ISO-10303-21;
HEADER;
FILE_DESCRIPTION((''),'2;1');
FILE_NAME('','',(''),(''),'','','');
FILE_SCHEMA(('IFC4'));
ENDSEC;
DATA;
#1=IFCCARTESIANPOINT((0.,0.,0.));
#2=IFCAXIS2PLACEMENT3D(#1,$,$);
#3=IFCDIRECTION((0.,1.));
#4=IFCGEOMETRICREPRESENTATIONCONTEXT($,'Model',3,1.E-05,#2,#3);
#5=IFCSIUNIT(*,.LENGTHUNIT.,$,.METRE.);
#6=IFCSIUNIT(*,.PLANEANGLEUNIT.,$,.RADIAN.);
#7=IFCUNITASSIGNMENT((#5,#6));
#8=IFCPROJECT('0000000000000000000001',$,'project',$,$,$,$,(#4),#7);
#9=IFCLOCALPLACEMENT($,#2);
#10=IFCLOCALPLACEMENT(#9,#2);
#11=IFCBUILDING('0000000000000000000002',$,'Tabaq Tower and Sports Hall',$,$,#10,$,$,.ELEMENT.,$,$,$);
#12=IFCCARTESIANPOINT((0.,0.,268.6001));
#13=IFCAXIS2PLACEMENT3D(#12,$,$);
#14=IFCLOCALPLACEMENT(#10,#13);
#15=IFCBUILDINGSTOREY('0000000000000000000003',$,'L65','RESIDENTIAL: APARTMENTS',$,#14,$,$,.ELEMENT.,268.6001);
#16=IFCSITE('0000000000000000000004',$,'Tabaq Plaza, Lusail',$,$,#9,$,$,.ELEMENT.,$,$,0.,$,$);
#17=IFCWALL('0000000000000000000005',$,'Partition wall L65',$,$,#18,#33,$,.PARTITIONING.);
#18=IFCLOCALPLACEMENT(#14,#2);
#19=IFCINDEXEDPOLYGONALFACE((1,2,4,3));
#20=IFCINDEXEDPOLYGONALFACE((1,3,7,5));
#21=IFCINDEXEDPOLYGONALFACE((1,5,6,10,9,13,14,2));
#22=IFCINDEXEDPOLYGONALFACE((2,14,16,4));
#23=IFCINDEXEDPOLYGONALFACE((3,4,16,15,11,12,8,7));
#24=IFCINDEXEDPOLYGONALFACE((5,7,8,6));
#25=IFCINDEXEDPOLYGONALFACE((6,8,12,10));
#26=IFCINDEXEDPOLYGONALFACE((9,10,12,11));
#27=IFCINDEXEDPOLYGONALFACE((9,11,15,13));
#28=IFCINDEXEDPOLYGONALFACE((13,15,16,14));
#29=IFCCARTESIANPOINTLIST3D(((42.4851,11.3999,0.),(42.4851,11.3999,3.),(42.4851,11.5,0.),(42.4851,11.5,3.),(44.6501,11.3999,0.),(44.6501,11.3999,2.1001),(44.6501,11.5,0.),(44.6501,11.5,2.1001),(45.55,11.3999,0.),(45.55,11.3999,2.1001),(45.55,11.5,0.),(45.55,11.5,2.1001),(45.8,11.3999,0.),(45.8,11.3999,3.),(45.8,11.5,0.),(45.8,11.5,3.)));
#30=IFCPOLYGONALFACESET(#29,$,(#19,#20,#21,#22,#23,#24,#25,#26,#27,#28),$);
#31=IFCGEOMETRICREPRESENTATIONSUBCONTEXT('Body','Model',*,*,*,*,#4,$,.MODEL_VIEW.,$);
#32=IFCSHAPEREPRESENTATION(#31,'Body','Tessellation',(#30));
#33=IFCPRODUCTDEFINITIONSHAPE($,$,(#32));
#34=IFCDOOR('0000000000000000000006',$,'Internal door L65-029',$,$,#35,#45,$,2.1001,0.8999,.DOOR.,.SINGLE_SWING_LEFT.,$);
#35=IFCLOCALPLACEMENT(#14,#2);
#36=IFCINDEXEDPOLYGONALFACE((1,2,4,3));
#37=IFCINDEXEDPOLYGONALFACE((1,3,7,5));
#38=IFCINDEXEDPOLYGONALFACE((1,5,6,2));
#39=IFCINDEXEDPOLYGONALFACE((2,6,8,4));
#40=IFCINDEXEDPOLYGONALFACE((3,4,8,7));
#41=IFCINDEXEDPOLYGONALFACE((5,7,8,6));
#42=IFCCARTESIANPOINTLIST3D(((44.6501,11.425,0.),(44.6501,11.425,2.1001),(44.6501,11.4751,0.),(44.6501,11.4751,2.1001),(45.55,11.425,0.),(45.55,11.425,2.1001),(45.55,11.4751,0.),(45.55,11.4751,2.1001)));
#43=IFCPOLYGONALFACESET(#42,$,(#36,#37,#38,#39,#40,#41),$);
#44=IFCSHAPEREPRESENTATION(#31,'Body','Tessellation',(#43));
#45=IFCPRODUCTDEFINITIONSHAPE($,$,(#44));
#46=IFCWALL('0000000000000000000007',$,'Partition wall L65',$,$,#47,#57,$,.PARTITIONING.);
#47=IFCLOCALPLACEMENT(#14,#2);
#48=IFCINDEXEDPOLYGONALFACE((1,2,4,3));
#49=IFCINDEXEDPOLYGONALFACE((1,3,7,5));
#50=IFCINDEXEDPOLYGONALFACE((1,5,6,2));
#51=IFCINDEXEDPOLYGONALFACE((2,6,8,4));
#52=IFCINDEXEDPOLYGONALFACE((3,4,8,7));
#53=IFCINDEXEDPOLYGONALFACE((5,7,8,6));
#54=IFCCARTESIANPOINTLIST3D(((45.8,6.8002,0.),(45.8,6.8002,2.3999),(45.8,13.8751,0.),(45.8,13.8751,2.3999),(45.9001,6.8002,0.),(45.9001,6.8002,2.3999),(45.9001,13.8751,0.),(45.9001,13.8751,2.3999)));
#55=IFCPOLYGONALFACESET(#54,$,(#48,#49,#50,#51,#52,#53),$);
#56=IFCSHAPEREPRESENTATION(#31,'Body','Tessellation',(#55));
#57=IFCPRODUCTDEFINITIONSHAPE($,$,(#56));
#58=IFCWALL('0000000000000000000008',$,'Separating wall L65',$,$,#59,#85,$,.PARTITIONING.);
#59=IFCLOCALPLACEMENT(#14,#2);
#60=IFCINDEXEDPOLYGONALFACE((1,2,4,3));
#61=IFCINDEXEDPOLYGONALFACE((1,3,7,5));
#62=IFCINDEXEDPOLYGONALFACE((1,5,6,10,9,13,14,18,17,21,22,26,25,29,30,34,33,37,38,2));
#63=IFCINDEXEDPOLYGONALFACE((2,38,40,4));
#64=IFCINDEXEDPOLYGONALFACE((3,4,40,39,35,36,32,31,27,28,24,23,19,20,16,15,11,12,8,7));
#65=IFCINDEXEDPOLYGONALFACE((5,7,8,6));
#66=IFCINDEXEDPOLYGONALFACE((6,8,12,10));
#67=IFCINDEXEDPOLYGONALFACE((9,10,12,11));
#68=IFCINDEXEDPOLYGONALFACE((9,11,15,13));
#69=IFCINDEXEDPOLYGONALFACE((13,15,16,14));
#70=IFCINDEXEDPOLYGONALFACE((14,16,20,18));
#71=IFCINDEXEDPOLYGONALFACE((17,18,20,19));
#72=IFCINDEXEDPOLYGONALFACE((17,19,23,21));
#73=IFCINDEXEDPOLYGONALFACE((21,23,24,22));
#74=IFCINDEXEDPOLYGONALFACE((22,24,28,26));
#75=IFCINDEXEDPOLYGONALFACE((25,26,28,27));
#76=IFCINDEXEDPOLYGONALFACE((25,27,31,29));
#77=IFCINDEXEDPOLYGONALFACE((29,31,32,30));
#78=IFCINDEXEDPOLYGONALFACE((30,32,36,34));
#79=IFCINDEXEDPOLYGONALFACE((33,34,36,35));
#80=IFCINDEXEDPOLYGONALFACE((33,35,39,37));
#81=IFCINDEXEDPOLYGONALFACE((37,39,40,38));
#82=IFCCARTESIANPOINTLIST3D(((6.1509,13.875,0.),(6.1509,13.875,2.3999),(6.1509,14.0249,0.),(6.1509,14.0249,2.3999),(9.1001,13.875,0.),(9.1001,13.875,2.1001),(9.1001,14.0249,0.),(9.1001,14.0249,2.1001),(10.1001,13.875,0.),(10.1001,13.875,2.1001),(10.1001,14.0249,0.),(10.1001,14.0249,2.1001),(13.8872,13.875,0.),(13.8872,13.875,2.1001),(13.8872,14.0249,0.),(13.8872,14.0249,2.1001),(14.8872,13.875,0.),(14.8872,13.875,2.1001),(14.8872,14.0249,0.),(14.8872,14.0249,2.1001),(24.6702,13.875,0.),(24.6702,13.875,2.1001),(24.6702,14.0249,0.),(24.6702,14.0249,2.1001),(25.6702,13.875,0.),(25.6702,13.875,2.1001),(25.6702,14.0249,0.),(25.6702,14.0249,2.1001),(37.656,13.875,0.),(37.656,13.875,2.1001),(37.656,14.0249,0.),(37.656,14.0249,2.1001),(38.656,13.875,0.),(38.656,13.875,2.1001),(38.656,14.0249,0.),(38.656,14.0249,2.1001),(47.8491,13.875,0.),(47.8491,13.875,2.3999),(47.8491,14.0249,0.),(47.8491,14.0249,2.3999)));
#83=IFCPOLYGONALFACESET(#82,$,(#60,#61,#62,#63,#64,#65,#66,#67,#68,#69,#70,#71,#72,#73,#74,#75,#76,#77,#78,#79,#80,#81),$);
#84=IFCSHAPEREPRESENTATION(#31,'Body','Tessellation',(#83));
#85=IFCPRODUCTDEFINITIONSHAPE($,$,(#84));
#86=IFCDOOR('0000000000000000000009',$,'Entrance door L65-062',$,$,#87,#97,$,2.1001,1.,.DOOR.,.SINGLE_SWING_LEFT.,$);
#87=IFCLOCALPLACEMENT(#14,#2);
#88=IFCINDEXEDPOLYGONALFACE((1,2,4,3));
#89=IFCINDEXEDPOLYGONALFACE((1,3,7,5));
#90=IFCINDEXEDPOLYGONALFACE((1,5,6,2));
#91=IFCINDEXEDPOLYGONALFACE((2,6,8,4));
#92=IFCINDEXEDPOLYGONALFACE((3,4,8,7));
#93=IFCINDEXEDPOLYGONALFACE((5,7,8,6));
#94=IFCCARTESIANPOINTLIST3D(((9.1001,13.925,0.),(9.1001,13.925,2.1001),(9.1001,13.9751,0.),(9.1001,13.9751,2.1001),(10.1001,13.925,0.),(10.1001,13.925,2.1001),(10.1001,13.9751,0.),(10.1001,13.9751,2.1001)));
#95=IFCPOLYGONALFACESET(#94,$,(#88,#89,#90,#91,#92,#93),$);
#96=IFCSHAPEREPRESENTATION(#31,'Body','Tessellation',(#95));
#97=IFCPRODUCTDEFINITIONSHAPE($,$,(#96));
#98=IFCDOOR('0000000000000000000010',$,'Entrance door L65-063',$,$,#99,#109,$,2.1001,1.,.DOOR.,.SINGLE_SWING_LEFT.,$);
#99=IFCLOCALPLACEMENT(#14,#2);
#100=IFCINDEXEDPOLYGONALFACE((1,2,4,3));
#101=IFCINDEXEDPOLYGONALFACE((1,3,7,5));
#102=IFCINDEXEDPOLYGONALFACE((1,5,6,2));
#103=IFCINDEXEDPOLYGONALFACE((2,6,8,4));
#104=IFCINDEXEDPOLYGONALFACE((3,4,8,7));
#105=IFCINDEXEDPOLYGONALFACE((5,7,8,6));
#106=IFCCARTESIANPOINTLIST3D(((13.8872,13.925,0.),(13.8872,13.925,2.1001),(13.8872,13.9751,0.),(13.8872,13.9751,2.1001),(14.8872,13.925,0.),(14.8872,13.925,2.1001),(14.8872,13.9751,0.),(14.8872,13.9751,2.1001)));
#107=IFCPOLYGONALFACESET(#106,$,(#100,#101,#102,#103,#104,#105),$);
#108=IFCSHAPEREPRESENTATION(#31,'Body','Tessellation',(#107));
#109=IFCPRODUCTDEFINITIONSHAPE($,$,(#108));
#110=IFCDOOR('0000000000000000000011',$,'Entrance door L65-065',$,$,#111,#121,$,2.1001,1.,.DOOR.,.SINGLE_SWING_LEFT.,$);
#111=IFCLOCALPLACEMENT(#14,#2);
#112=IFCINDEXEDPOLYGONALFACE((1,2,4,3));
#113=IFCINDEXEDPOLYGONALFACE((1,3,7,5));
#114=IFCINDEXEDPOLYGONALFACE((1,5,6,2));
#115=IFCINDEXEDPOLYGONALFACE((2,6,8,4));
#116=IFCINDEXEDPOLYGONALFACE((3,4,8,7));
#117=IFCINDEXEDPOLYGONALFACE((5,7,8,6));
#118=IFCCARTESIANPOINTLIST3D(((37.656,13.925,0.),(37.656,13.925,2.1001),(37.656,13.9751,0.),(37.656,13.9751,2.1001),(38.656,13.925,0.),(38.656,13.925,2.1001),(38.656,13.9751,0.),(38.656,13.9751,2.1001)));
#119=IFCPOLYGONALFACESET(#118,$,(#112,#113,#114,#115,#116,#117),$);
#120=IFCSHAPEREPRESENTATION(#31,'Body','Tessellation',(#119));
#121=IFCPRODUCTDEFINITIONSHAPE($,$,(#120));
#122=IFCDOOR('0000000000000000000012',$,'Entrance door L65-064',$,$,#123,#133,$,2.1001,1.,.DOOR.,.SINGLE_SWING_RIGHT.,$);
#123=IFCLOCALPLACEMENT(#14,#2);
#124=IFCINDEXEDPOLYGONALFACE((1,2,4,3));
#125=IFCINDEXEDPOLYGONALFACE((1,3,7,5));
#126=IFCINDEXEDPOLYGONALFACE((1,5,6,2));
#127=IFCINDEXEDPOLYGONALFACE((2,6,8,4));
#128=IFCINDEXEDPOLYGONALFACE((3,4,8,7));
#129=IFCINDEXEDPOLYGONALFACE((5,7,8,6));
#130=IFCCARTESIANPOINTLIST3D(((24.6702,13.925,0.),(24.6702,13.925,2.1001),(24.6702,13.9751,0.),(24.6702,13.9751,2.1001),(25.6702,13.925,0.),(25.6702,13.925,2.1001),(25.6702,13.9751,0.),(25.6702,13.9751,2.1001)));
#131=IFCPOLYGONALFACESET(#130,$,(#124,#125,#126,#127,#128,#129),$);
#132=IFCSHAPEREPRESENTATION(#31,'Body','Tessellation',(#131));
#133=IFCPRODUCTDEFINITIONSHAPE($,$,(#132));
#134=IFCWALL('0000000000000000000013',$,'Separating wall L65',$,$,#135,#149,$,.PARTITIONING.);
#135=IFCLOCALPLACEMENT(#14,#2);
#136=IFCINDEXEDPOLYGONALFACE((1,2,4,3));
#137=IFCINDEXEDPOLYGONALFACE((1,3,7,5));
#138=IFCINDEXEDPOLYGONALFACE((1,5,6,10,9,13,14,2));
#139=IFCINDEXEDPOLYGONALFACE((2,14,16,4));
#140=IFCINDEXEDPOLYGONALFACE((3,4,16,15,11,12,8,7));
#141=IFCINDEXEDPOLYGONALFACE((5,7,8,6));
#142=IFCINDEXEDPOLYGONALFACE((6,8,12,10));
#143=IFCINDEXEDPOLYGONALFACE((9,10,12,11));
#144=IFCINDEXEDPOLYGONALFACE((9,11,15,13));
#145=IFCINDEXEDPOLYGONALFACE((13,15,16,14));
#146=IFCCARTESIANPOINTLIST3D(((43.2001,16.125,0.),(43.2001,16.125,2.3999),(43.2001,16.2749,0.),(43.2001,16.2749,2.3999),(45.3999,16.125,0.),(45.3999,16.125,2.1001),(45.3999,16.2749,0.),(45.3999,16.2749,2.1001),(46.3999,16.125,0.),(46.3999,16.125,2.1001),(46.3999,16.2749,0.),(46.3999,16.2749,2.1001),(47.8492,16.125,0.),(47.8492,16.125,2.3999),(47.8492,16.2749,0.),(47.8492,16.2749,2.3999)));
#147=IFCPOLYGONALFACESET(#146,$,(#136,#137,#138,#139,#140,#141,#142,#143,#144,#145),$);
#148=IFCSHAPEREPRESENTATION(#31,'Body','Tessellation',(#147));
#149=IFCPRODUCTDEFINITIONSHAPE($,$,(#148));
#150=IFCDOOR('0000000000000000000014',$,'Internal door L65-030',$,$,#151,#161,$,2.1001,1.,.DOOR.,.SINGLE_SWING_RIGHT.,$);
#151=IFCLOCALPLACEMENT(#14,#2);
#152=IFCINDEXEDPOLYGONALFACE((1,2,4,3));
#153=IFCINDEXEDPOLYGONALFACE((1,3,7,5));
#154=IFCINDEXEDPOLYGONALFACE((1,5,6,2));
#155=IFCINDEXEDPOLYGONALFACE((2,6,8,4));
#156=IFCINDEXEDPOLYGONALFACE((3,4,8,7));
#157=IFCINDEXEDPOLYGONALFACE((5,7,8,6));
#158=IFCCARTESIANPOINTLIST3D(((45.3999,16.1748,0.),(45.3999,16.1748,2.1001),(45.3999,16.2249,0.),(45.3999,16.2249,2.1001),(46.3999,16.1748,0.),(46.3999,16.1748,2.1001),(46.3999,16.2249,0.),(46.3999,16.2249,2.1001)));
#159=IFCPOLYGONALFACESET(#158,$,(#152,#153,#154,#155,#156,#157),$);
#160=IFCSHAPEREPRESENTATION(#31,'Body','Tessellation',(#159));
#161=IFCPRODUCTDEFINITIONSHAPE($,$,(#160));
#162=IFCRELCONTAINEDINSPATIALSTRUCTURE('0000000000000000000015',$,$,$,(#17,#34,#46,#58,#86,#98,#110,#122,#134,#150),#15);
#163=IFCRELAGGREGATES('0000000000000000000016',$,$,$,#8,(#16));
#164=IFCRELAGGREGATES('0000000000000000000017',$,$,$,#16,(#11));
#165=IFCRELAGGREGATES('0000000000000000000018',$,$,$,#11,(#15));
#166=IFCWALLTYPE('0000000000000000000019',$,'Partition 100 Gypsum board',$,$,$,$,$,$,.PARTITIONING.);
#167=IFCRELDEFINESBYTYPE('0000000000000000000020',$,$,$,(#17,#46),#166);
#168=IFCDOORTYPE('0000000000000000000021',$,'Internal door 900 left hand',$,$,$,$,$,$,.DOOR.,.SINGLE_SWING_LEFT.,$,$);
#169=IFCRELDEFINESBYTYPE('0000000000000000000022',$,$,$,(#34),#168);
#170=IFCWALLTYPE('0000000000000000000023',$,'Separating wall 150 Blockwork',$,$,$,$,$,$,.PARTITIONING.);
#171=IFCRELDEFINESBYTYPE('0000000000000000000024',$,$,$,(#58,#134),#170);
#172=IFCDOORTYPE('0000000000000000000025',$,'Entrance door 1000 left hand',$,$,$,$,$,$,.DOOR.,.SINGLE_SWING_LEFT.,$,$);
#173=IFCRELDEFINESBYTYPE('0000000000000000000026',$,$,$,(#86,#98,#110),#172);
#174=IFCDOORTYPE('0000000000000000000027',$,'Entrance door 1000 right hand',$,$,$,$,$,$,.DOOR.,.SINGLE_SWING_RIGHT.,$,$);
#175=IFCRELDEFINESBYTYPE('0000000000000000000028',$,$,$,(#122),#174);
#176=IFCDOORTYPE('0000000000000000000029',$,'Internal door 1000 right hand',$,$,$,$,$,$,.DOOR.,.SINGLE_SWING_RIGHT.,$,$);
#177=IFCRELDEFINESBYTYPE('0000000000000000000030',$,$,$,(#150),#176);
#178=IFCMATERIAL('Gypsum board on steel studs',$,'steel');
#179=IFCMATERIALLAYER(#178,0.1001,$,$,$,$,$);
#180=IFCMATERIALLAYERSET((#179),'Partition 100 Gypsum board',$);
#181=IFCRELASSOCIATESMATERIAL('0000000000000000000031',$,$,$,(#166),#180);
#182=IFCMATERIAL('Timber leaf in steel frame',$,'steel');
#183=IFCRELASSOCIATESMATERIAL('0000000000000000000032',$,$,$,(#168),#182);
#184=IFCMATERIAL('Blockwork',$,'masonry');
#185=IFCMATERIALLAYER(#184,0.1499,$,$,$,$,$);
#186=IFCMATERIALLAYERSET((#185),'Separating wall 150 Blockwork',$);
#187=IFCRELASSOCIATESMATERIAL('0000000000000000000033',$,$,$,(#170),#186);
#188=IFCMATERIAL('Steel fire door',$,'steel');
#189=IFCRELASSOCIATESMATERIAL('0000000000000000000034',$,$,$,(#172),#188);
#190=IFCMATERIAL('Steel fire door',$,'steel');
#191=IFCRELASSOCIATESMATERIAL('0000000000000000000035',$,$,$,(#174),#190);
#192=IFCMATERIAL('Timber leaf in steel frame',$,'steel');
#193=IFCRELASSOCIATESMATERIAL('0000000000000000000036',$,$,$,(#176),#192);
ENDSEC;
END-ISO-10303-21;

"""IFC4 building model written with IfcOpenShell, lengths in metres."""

from ifc_helpers import new_model, si_unit, direction, frame, frame_2d, origin, place, context, subcontext, project, spatial, rectangle, extrude, material, layer, layer_set, type_object, element, fill, save


model = new_model("IFC4")

# Units and contexts
model_context = context("Model", 3, precision=1e-05, world=origin(), true_north=direction((0.0, 1.0)))
body_context = subcontext(model_context, "Body", "Model", "MODEL_VIEW")
ifc_project = project(units=[si_unit("LENGTHUNIT", "METRE"), si_unit("PLANEANGLEUNIT", "RADIAN")], contexts=[model_context])

# Site, building, storey
site_placement = place(None, origin())
site = spatial("IfcSite", under=ifc_project, at=site_placement, Name="Tabaq Plaza, Lusail", CompositionType="ELEMENT", RefElevation=0.0)
building_placement = place(site_placement, origin())
building = spatial("IfcBuilding", under=site, at=building_placement, Name="Tabaq Tower and Sports Hall", CompositionType="ELEMENT")
storey_placement = place(building_placement, frame((0.0, 0.0, 268.6001)))
storey = spatial("IfcBuildingStorey", under=building, at=storey_placement, Name="L65", Description="RESIDENTIAL: APARTMENTS", CompositionType="ELEMENT", Elevation=268.6001)

# Shared definitions
ifc_material_1 = material(Name="Gypsum board on steel studs", Category="steel")
ifc_layer_1 = layer(ifc_material_1, 0.1001)
ifc_layer_set_1 = layer_set([ifc_layer_1], Name="Partition 100 Gypsum board")
wall_type_1 = type_object("IfcWallType", Name="Partition 100 Gypsum board", PredefinedType="PARTITIONING", material=ifc_layer_set_1)
ifc_material_2 = material(Name="Timber leaf in steel frame", Category="steel")
door_type_1 = type_object("IfcDoorType", Name="Internal door 900 left hand", OperationType="SINGLE_SWING_LEFT", PredefinedType="DOOR", material=ifc_material_2)

# Wall, opening, door
wall_1_placement = place(storey_placement, frame((45.8, 11.45, 0.0), z_axis=(0.0, 0.0, 1.0), x_axis=(-1.0, 0.0, 0.0)))
wall_1 = element("IfcWall", 1, at=wall_1_placement, inside=storey, type_object=wall_type_1, Name="Partition wall L65", PredefinedType="PARTITIONING", context=body_context, shape_type="SweptSolid", body=[
    extrude(rectangle(XDim=3.3149, YDim=0.1001, at=frame_2d((1.6575, 0.0))), origin(), (0.0, 0.0, 1.0), 3.0),
])
opening_1_placement = place(wall_1_placement, frame((0.25, 0.0, 0.0)))
opening_1 = element("IfcOpeningElement", 2, at=opening_1_placement, cuts=wall_1, PredefinedType="OPENING", context=body_context, shape_type="SweptSolid", body=[
    extrude(rectangle(XDim=0.8999, YDim=2.1001, at=frame_2d((0.45, 1.05))), frame((0.0, 0.05, 0.0), z_axis=(0.0, -1.0, 0.0), x_axis=(1.0, 0.0, 0.0)), (0.0, 0.0, 1.0), 0.1001),
])
door_1_placement = place(opening_1_placement, origin())
door_1 = element("IfcDoor", 3, at=door_1_placement, inside=storey, type_object=door_type_1, Name="Internal door L65-029", OperationType="SINGLE_SWING_LEFT", OverallHeight=2.1001, OverallWidth=0.8999, PredefinedType="DOOR", context=body_context, shape_type="SweptSolid", body=[
    extrude(rectangle(XDim=0.8999, YDim=2.1001, at=frame_2d((0.45, 1.05))), frame((0.0, 0.0249, 0.0), z_axis=(0.0, -1.0, 0.0), x_axis=(1.0, 0.0, 0.0)), (0.0, 0.0, 1.0), 0.05),
])
fill(opening_1, door_1)

# Wall
wall_2_placement = place(storey_placement, frame((45.8501, 6.8, 0.0), z_axis=(0.0, 0.0, 1.0), x_axis=(0.0, 1.0, 0.0)))
element("IfcWall", 4, at=wall_2_placement, inside=storey, type_object=wall_type_1, Name="Partition wall L65", PredefinedType="PARTITIONING", context=body_context, shape_type="SweptSolid", body=[
    extrude(rectangle(XDim=7.075, YDim=0.1001, at=frame_2d((3.5376, 0.0))), origin(), (0.0, 0.0, 1.0), 2.3999),
])

# Wall, openings, doors
ifc_material_3 = material(Name="Blockwork", Category="masonry")
ifc_layer_2 = layer(ifc_material_3, 0.1499)
ifc_layer_set_2 = layer_set([ifc_layer_2], Name="Separating wall 150 Blockwork")
wall_type_2 = type_object("IfcWallType", Name="Separating wall 150 Blockwork", PredefinedType="PARTITIONING", material=ifc_layer_set_2)
wall_3_placement = place(storey_placement, frame((47.8491, 13.95, 0.0), z_axis=(0.0, 0.0, 1.0), x_axis=(-1.0, 0.0, 0.0)))
wall_3 = element("IfcWall", 5, at=wall_3_placement, inside=storey, type_object=wall_type_2, Name="Separating wall L65", PredefinedType="PARTITIONING", context=body_context, shape_type="SweptSolid", body=[
    extrude(rectangle(XDim=41.6982, YDim=0.1499, at=frame_2d((20.8491, 0.0))), origin(), (0.0, 0.0, 1.0), 2.3999),
])
opening_2_placement = place(wall_3_placement, frame((37.749, 0.0, 0.0)))
opening_2 = element("IfcOpeningElement", 6, at=opening_2_placement, cuts=wall_3, PredefinedType="OPENING", context=body_context, shape_type="SweptSolid", body=[
    extrude(rectangle(XDim=1.0, YDim=2.1001, at=frame_2d((0.5, 1.05))), frame((0.0, 0.075, 0.0), z_axis=(0.0, -1.0, 0.0), x_axis=(1.0, 0.0, 0.0)), (0.0, 0.0, 1.0), 0.1499),
])
opening_3_placement = place(wall_3_placement, frame((32.9619, 0.0, 0.0)))
opening_3 = element("IfcOpeningElement", 7, at=opening_3_placement, cuts=wall_3, PredefinedType="OPENING", context=body_context, shape_type="SweptSolid", body=[
    extrude(rectangle(XDim=1.0, YDim=2.1001, at=frame_2d((0.5, 1.05))), frame((0.0, 0.075, 0.0), z_axis=(0.0, -1.0, 0.0), x_axis=(1.0, 0.0, 0.0)), (0.0, 0.0, 1.0), 0.1499),
])
opening_4_placement = place(wall_3_placement, frame((22.179, 0.0, 0.0)))
opening_4 = element("IfcOpeningElement", 8, at=opening_4_placement, cuts=wall_3, PredefinedType="OPENING", context=body_context, shape_type="SweptSolid", body=[
    extrude(rectangle(XDim=1.0, YDim=2.1001, at=frame_2d((0.5, 1.05))), frame((0.0, 0.075, 0.0), z_axis=(0.0, -1.0, 0.0), x_axis=(1.0, 0.0, 0.0)), (0.0, 0.0, 1.0), 0.1499),
])
opening_5_placement = place(wall_3_placement, frame((9.1931, 0.0, 0.0)))
opening_5 = element("IfcOpeningElement", 9, at=opening_5_placement, cuts=wall_3, PredefinedType="OPENING", context=body_context, shape_type="SweptSolid", body=[
    extrude(rectangle(XDim=1.0, YDim=2.1001, at=frame_2d((0.5, 1.05))), frame((0.0, 0.075, 0.0), z_axis=(0.0, -1.0, 0.0), x_axis=(1.0, 0.0, 0.0)), (0.0, 0.0, 1.0), 0.1499),
])
ifc_material_4 = material(Name="Steel fire door", Category="steel")
door_type_2 = type_object("IfcDoorType", Name="Entrance door 1000 left hand", OperationType="SINGLE_SWING_LEFT", PredefinedType="DOOR", material=ifc_material_4)
door_2_placement = place(opening_2_placement, origin())
door_2 = element("IfcDoor", 10, at=door_2_placement, inside=storey, type_object=door_type_2, Name="Entrance door L65-062", OperationType="SINGLE_SWING_LEFT", OverallHeight=2.1001, OverallWidth=1.0, PredefinedType="DOOR", context=body_context, shape_type="SweptSolid", body=[
    extrude(rectangle(XDim=1.0, YDim=2.1001, at=frame_2d((0.5, 1.05))), frame((0.0, 0.0249, 0.0), z_axis=(0.0, -1.0, 0.0), x_axis=(1.0, 0.0, 0.0)), (0.0, 0.0, 1.0), 0.05),
])
fill(opening_2, door_2)
door_3_placement = place(opening_3_placement, origin())
door_3 = element("IfcDoor", 11, at=door_3_placement, inside=storey, type_object=door_type_2, Name="Entrance door L65-063", OperationType="SINGLE_SWING_LEFT", OverallHeight=2.1001, OverallWidth=1.0, PredefinedType="DOOR", context=body_context, shape_type="SweptSolid", body=[
    extrude(rectangle(XDim=1.0, YDim=2.1001, at=frame_2d((0.5, 1.05))), frame((0.0, 0.0249, 0.0), z_axis=(0.0, -1.0, 0.0), x_axis=(1.0, 0.0, 0.0)), (0.0, 0.0, 1.0), 0.05),
])
fill(opening_3, door_3)
door_4_placement = place(opening_5_placement, origin())
door_4 = element("IfcDoor", 12, at=door_4_placement, inside=storey, type_object=door_type_2, Name="Entrance door L65-065", OperationType="SINGLE_SWING_LEFT", OverallHeight=2.1001, OverallWidth=1.0, PredefinedType="DOOR", context=body_context, shape_type="SweptSolid", body=[
    extrude(rectangle(XDim=1.0, YDim=2.1001, at=frame_2d((0.5, 1.05))), frame((0.0, 0.0249, 0.0), z_axis=(0.0, -1.0, 0.0), x_axis=(1.0, 0.0, 0.0)), (0.0, 0.0, 1.0), 0.05),
])
fill(opening_5, door_4)
ifc_material_5 = material(Name="Steel fire door", Category="steel")
door_type_3 = type_object("IfcDoorType", Name="Entrance door 1000 right hand", OperationType="SINGLE_SWING_RIGHT", PredefinedType="DOOR", material=ifc_material_5)
door_5_placement = place(opening_4_placement, origin())
door_5 = element("IfcDoor", 13, at=door_5_placement, inside=storey, type_object=door_type_3, Name="Entrance door L65-064", OperationType="SINGLE_SWING_RIGHT", OverallHeight=2.1001, OverallWidth=1.0, PredefinedType="DOOR", context=body_context, shape_type="SweptSolid", body=[
    extrude(rectangle(XDim=1.0, YDim=2.1001, at=frame_2d((0.5, 1.05))), frame((0.0, 0.0249, 0.0), z_axis=(0.0, -1.0, 0.0), x_axis=(1.0, 0.0, 0.0)), (0.0, 0.0, 1.0), 0.05),
])
fill(opening_4, door_5)

# Wall, opening, door
wall_4_placement = place(storey_placement, frame((43.2, 16.2, 0.0), z_axis=(0.0, 0.0, 1.0), x_axis=(1.0, 0.0, 0.0)))
wall_4 = element("IfcWall", 14, at=wall_4_placement, inside=storey, type_object=wall_type_2, Name="Separating wall L65", PredefinedType="PARTITIONING", context=body_context, shape_type="SweptSolid", body=[
    extrude(rectangle(XDim=4.6492, YDim=0.1499, at=frame_2d((2.3247, 0.0))), origin(), (0.0, 0.0, 1.0), 2.3999),
])
opening_6_placement = place(wall_4_placement, frame((2.2, 0.0, 0.0)))
opening_6 = element("IfcOpeningElement", 15, at=opening_6_placement, cuts=wall_4, PredefinedType="OPENING", context=body_context, shape_type="SweptSolid", body=[
    extrude(rectangle(XDim=1.0, YDim=2.1001, at=frame_2d((0.5, 1.05))), frame((0.0, 0.075, 0.0), z_axis=(0.0, -1.0, 0.0), x_axis=(1.0, 0.0, 0.0)), (0.0, 0.0, 1.0), 0.1499),
])
ifc_material_6 = material(Name="Timber leaf in steel frame", Category="steel")
door_type_4 = type_object("IfcDoorType", Name="Internal door 1000 right hand", OperationType="SINGLE_SWING_RIGHT", PredefinedType="DOOR", material=ifc_material_6)
door_6_placement = place(opening_6_placement, origin())
door_6 = element("IfcDoor", 16, at=door_6_placement, inside=storey, type_object=door_type_4, Name="Internal door L65-030", OperationType="SINGLE_SWING_RIGHT", OverallHeight=2.1001, OverallWidth=1.0, PredefinedType="DOOR", context=body_context, shape_type="SweptSolid", body=[
    extrude(rectangle(XDim=1.0, YDim=2.1001, at=frame_2d((0.5, 1.05))), frame((0.0, 0.0249, 0.0), z_axis=(0.0, -1.0, 0.0), x_axis=(1.0, 0.0, 0.0)), (0.0, 0.0, 1.0), 0.05),
])
fill(opening_6, door_6)

save(model, "model.ifc")
